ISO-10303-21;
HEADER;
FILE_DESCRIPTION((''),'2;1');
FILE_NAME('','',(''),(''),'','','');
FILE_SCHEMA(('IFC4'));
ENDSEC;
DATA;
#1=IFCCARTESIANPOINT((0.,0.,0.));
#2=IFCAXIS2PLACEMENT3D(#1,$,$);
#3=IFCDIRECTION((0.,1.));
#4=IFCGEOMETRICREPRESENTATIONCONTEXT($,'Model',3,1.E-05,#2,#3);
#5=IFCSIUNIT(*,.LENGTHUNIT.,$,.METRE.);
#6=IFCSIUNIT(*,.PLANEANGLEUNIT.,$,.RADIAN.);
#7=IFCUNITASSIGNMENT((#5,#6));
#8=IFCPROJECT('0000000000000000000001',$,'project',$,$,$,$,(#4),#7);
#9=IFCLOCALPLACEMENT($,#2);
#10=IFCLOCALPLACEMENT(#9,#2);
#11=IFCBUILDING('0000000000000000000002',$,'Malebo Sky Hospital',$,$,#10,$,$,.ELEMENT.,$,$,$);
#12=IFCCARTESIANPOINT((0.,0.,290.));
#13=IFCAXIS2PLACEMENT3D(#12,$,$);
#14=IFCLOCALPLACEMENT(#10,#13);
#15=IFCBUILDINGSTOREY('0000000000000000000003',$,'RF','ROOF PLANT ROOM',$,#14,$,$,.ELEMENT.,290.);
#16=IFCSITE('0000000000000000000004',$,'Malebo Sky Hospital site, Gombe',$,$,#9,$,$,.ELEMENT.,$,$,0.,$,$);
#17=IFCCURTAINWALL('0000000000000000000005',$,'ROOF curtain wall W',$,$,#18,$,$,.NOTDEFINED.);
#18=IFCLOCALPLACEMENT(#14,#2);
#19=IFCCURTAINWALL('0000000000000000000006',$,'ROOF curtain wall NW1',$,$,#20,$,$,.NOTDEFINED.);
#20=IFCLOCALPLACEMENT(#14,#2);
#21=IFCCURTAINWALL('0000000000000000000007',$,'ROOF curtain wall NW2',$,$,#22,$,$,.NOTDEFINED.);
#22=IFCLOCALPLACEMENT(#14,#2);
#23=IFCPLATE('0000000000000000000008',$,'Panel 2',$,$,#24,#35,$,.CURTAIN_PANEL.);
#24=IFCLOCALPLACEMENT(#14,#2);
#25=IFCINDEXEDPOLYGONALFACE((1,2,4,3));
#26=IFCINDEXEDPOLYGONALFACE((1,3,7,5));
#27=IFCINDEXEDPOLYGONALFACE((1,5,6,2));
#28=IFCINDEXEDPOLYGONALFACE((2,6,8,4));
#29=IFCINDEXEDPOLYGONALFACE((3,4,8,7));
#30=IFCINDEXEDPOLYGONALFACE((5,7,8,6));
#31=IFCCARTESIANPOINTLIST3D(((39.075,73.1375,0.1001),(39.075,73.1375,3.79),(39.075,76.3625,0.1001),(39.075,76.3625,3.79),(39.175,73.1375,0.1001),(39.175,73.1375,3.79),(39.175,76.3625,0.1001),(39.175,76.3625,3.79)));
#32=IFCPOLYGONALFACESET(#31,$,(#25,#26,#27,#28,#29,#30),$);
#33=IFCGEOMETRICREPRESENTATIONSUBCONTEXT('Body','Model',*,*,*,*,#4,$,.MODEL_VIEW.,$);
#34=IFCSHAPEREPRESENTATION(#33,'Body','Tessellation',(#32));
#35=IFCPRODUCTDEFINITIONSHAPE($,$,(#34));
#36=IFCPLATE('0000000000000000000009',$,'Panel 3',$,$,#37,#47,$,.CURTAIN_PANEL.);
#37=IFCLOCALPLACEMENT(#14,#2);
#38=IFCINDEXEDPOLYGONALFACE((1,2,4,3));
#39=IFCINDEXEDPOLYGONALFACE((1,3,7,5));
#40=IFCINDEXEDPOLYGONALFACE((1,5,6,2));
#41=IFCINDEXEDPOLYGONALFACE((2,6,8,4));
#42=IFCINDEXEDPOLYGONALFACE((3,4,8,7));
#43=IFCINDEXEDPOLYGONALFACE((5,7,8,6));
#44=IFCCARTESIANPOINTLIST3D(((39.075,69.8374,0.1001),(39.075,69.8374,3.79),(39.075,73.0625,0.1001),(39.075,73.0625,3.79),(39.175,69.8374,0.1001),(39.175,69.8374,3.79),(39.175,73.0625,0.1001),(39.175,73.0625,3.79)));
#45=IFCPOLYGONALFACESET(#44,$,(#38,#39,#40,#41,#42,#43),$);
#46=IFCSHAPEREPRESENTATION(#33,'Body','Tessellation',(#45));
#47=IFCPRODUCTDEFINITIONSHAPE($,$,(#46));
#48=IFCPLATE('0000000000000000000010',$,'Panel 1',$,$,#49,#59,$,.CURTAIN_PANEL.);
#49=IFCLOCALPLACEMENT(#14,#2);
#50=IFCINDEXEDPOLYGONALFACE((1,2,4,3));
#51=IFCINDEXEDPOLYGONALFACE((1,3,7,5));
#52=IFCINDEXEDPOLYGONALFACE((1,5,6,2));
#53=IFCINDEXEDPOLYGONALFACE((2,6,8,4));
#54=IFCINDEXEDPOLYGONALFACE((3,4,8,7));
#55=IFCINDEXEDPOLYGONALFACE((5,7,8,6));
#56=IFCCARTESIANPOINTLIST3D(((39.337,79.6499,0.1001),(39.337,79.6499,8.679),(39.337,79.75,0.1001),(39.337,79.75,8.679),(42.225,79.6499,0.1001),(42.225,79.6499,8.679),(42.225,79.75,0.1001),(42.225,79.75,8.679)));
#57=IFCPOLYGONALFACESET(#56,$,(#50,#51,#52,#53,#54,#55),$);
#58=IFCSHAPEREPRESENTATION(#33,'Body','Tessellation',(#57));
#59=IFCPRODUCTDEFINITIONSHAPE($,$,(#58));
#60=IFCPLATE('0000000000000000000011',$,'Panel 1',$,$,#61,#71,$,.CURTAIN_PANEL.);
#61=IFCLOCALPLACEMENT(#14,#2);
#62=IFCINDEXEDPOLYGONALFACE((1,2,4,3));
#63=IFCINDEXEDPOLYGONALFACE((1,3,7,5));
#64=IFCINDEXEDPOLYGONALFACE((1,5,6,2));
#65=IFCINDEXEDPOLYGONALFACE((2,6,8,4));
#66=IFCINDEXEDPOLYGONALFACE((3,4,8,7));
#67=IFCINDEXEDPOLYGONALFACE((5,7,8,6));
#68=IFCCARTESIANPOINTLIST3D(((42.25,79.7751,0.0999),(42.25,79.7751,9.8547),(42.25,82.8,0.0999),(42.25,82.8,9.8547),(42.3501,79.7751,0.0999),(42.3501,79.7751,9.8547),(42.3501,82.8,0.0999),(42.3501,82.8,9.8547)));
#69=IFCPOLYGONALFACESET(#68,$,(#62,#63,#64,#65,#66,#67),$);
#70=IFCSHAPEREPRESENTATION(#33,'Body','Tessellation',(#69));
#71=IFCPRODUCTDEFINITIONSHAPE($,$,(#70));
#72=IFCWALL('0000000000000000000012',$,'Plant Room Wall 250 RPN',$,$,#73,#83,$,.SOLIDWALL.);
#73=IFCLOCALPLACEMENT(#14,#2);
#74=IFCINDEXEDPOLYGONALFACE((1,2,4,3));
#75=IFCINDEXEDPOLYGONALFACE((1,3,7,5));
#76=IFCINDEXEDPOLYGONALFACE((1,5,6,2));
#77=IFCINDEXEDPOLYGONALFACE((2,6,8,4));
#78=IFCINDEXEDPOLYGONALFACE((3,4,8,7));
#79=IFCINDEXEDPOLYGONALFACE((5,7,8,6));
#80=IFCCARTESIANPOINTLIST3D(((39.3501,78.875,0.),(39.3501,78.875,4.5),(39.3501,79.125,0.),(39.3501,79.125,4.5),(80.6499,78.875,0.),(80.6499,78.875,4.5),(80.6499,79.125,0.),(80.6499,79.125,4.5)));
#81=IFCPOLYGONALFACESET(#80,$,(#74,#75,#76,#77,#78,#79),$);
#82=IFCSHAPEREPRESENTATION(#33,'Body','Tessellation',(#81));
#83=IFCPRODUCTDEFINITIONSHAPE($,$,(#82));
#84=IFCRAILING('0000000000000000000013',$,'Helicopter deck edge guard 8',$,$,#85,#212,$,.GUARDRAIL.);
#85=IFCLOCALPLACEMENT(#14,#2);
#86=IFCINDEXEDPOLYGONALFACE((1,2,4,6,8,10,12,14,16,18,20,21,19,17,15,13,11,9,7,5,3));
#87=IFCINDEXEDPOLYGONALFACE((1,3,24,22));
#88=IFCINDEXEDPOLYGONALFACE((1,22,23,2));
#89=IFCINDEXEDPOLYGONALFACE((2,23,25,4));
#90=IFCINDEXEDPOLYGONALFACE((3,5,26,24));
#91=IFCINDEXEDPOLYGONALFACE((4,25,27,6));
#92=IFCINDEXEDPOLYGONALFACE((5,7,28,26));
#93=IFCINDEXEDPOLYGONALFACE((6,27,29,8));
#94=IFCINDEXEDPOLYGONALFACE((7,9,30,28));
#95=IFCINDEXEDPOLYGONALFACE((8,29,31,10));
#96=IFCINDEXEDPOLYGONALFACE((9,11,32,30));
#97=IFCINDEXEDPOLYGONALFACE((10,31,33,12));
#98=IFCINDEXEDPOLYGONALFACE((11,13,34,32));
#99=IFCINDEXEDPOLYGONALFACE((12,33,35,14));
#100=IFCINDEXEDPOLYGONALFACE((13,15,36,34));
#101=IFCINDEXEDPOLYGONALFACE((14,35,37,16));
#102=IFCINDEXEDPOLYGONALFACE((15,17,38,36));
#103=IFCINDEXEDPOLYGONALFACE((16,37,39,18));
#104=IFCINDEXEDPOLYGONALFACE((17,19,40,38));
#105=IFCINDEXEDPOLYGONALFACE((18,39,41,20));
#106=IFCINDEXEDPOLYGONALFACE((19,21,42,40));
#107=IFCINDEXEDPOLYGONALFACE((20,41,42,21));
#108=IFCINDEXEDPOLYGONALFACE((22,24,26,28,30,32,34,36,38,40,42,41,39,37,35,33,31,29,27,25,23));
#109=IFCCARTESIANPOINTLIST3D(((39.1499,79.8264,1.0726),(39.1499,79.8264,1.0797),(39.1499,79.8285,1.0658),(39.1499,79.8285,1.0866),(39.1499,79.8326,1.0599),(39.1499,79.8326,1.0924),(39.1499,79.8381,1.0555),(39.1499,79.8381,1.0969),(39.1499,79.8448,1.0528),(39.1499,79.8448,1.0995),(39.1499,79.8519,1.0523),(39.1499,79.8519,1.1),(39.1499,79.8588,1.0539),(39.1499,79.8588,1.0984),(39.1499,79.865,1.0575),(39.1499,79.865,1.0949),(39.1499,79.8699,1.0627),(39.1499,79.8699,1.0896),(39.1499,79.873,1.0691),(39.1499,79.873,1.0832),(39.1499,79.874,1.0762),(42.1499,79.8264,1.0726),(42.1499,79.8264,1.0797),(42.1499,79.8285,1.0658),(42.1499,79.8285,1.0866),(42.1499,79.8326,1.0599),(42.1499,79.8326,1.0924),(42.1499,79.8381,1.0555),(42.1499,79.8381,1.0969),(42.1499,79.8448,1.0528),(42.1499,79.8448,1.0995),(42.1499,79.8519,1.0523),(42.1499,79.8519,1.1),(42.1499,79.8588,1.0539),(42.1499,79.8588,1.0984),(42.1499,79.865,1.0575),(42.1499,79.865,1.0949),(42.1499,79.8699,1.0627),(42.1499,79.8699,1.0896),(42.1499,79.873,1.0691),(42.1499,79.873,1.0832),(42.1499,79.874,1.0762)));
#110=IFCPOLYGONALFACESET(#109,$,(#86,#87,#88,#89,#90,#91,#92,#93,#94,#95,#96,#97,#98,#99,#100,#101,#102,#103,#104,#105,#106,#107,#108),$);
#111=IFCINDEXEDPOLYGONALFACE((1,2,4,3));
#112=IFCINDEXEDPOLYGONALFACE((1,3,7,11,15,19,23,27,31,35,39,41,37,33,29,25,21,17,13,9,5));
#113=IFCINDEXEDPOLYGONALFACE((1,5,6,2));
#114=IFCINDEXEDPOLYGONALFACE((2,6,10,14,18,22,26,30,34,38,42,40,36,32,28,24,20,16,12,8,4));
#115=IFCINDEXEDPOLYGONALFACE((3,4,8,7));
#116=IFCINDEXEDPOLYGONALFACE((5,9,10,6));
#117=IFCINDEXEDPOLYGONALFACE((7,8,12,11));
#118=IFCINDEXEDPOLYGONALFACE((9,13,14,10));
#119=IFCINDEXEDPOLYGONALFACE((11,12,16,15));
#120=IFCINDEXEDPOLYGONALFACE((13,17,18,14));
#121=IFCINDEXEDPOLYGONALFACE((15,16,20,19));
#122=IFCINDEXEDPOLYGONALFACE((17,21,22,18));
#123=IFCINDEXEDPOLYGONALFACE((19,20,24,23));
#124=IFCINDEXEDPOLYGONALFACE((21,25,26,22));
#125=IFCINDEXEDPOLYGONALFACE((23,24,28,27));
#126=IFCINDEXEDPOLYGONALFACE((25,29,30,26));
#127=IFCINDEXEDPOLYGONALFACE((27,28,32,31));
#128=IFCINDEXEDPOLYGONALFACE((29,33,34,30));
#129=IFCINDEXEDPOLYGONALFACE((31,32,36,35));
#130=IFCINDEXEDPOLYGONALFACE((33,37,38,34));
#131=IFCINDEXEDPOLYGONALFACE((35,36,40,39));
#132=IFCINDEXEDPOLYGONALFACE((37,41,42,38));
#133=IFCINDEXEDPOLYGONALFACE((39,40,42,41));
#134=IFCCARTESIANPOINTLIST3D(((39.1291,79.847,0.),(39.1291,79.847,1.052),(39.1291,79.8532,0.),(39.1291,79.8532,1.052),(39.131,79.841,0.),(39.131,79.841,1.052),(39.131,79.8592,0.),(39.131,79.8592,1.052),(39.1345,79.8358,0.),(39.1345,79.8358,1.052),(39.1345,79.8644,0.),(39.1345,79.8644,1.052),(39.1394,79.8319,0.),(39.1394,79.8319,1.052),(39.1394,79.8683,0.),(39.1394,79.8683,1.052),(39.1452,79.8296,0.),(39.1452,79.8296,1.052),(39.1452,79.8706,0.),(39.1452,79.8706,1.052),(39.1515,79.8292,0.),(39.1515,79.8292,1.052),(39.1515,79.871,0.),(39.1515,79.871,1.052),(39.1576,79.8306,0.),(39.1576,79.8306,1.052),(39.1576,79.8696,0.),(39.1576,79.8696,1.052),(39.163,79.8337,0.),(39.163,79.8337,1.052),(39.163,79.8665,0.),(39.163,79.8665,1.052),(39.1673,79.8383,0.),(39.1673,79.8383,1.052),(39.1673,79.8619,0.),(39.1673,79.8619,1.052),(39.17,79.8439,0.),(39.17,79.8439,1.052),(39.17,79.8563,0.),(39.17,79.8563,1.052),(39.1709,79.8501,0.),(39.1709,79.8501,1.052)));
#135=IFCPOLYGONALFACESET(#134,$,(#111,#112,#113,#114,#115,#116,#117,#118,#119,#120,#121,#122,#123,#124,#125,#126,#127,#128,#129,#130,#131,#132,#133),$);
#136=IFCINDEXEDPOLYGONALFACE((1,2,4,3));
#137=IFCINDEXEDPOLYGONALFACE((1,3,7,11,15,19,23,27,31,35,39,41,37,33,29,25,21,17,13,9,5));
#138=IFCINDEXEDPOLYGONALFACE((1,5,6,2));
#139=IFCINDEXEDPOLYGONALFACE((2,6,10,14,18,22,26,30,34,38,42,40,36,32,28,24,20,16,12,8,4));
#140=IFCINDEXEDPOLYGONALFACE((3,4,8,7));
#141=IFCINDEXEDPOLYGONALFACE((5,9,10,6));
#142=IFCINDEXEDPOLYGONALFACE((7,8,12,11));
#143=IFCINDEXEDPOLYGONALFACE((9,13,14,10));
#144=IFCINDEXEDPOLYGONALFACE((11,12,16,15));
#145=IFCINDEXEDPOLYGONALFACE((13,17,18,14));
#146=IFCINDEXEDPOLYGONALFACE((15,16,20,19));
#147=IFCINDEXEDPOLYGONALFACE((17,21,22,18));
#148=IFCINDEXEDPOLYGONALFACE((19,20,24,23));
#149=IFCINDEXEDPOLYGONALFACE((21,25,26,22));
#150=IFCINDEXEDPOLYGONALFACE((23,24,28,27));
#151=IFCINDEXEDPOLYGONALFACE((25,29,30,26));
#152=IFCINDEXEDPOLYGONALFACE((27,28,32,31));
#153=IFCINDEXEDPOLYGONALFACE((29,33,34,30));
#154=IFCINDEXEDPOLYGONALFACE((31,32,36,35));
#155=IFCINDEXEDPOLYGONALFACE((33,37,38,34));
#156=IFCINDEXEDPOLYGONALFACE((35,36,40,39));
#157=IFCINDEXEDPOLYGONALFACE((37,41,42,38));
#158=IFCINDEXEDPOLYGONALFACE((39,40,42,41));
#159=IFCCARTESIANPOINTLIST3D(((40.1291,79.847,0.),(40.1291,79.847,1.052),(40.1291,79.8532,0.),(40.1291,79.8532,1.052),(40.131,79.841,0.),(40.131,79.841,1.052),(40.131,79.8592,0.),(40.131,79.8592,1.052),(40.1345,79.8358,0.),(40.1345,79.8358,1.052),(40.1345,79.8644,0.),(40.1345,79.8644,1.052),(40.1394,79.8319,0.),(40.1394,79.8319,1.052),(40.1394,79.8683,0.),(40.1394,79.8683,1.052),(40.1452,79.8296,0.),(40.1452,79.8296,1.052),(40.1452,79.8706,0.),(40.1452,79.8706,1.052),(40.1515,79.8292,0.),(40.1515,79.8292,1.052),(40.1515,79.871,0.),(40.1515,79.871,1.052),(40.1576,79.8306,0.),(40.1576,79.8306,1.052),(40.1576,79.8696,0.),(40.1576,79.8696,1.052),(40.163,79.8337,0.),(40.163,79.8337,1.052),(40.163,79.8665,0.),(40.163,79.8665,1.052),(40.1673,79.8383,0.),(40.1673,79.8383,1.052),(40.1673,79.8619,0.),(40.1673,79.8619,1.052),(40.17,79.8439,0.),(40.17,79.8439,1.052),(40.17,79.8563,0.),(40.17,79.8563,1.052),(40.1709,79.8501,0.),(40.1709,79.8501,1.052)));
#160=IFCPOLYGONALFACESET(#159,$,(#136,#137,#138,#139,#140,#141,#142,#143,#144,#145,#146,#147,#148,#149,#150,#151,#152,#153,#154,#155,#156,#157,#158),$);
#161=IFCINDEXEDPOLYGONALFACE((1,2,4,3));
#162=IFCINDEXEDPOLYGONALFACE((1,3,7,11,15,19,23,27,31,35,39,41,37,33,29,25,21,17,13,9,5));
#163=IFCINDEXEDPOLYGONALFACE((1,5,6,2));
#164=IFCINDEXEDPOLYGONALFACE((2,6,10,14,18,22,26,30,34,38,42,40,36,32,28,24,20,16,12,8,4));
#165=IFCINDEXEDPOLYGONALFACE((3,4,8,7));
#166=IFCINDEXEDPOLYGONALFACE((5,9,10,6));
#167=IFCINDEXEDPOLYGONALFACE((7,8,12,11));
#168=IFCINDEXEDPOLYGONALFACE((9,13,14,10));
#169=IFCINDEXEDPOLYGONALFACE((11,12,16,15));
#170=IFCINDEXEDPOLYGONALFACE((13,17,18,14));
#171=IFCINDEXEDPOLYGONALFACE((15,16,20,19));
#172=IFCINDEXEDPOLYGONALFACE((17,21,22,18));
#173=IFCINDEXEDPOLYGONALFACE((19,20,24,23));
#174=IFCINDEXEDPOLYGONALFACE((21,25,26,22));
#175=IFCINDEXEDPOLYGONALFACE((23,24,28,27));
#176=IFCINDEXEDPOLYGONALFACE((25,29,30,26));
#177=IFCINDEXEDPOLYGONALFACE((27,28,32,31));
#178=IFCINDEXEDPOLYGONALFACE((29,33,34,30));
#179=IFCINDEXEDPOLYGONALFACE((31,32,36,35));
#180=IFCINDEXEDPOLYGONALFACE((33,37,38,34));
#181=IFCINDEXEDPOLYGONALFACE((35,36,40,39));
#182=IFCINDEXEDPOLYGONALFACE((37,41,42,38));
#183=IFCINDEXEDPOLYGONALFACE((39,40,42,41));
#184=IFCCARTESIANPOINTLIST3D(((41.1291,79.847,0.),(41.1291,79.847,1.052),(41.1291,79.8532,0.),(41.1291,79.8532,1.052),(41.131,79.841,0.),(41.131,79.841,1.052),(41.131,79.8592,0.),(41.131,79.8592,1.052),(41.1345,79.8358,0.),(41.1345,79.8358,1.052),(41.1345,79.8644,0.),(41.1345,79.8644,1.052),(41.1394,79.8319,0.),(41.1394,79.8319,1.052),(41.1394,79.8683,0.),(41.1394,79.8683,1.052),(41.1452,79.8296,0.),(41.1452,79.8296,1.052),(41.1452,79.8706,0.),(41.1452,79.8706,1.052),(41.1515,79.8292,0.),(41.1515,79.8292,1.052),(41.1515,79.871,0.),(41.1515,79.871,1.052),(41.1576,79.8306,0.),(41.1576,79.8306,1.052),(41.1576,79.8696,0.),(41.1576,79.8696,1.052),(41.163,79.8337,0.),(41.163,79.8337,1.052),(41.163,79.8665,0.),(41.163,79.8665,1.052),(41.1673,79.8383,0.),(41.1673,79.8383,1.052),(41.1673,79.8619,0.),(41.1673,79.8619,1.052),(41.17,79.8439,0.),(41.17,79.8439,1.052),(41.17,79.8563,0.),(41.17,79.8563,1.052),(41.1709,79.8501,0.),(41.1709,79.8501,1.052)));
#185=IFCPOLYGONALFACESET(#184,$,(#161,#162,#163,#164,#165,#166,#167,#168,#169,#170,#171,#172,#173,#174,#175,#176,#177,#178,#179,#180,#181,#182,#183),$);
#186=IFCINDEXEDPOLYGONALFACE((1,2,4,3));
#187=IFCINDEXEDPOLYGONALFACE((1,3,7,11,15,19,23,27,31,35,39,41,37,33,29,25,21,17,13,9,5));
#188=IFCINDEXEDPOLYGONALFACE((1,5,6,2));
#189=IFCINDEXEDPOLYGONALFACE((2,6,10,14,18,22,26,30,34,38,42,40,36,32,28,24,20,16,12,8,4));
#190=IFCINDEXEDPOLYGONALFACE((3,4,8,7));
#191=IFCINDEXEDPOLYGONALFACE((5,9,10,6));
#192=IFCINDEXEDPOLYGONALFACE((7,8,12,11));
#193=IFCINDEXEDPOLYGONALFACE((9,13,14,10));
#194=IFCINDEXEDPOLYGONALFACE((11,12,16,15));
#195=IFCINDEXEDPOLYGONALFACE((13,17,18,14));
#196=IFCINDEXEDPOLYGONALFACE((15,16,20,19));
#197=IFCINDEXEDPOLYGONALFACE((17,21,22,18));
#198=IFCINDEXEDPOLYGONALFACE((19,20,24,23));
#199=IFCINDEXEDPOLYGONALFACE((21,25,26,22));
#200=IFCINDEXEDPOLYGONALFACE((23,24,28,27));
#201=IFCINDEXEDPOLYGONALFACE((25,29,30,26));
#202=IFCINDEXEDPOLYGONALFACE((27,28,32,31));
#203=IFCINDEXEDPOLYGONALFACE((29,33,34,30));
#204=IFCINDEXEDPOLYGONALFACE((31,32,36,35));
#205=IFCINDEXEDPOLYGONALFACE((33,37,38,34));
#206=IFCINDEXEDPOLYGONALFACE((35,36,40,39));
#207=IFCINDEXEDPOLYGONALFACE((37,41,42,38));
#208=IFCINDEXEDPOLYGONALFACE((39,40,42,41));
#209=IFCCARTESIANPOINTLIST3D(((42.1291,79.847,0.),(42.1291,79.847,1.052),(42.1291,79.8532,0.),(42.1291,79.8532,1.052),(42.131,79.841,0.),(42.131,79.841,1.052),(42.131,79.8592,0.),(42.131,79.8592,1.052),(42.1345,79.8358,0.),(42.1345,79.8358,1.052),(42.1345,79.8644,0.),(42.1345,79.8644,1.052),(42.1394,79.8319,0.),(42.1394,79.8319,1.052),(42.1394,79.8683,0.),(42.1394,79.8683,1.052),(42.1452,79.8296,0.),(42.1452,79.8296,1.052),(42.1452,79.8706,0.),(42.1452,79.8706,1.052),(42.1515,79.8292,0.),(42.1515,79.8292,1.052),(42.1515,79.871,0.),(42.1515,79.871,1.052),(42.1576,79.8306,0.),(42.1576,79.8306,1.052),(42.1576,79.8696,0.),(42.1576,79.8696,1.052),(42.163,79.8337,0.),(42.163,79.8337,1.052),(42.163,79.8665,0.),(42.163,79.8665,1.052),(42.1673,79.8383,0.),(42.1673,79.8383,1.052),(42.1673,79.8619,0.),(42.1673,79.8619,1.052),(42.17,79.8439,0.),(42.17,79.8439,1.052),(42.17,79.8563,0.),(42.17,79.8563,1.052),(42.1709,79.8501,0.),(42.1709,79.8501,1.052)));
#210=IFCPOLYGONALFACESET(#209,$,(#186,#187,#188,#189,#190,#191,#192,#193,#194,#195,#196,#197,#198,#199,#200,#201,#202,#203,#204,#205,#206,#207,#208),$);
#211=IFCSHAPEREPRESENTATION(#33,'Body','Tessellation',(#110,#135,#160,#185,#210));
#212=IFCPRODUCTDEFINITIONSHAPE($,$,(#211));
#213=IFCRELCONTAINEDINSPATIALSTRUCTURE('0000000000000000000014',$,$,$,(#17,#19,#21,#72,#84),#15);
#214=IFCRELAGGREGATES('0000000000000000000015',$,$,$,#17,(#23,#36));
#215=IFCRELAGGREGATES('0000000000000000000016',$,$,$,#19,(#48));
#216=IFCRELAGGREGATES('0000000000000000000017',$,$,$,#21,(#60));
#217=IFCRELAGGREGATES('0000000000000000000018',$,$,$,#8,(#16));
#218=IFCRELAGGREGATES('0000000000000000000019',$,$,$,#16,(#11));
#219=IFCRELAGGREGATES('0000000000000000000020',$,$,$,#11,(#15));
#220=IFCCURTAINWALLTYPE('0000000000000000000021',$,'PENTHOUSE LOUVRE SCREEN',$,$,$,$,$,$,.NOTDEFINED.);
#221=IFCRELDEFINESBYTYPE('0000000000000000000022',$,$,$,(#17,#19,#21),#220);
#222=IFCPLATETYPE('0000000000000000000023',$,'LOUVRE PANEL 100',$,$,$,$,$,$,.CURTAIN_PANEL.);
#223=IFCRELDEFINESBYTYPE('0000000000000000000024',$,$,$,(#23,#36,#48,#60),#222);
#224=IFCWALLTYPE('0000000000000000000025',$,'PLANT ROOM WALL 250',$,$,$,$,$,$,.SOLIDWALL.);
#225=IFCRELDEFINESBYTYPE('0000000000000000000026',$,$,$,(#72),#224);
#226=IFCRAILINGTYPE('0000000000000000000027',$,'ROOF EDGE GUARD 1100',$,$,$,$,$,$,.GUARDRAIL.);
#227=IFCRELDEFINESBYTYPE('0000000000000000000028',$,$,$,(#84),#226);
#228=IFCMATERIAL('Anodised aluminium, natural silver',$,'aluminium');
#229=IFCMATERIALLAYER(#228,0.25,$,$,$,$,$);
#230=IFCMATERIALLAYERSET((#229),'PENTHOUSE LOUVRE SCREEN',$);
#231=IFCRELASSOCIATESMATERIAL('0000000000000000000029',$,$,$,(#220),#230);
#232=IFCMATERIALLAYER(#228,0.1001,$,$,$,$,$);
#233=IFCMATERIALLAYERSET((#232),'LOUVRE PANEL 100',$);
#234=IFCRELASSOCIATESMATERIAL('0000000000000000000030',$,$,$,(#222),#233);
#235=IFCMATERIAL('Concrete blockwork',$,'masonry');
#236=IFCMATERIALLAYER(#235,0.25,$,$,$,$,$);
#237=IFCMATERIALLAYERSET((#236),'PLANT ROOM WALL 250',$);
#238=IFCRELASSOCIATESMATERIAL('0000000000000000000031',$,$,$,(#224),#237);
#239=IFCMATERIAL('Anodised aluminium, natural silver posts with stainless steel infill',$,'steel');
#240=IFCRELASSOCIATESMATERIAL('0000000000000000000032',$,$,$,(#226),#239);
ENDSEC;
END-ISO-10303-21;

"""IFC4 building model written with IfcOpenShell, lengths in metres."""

from ifc_helpers import new_model, si_unit, direction, frame, frame_2d, origin, origin_2d, place, context, subcontext, project, spatial, rectangle, circle, extrude, material, layer, layer_set, type_object, element, aggregate, save


model = new_model("IFC4")

# Units and contexts
model_context = context("Model", 3, precision=1e-05, world=origin(), true_north=direction((0.0, 1.0)))
body_context = subcontext(model_context, "Body", "Model", "MODEL_VIEW")
ifc_project = project(units=[si_unit("LENGTHUNIT", "METRE"), si_unit("PLANEANGLEUNIT", "RADIAN")], contexts=[model_context])

# Site, building, storey
site_placement = place(None, origin())
site = spatial("IfcSite", under=ifc_project, at=site_placement, Name="Malebo Sky Hospital site, Gombe", CompositionType="ELEMENT", RefElevation=0.0)
building_placement = place(site_placement, origin())
building = spatial("IfcBuilding", under=site, at=building_placement, Name="Malebo Sky Hospital", CompositionType="ELEMENT")
storey_placement = place(building_placement, frame((0.0, 0.0, 290.0)))
storey = spatial("IfcBuildingStorey", under=building, at=storey_placement, Name="RF", Description="ROOF PLANT ROOM", CompositionType="ELEMENT", Elevation=290.0)

# Curtain wall
ifc_material_1 = material(Name="Anodised aluminium, natural silver", Category="aluminium")
ifc_layer_1 = layer(ifc_material_1, 0.25)
ifc_layer_set_1 = layer_set([ifc_layer_1], Name="PENTHOUSE LOUVRE SCREEN")
curtain_wall_type = type_object("IfcCurtainWallType", Name="PENTHOUSE LOUVRE SCREEN", PredefinedType="NOTDEFINED", material=ifc_layer_set_1)
curtain_wall_1_placement = place(storey_placement, origin())
curtain_wall_1 = element("IfcCurtainWall", 1, at=curtain_wall_1_placement, inside=storey, type_object=curtain_wall_type, Name="ROOF curtain wall W", PredefinedType="NOTDEFINED")

# Curtain walls
curtain_wall_2_placement = place(storey_placement, origin())
curtain_wall_2 = element("IfcCurtainWall", 2, at=curtain_wall_2_placement, inside=storey, type_object=curtain_wall_type, Name="ROOF curtain wall NW1", PredefinedType="NOTDEFINED")
curtain_wall_3_placement = place(storey_placement, origin())
curtain_wall_3 = element("IfcCurtainWall", 3, at=curtain_wall_3_placement, inside=storey, type_object=curtain_wall_type, Name="ROOF curtain wall NW2", PredefinedType="NOTDEFINED")

# Plates
ifc_layer_2 = layer(ifc_material_1, 0.1001)
ifc_layer_set_2 = layer_set([ifc_layer_2], Name="LOUVRE PANEL 100")
plate_type_1 = type_object("IfcPlateType", Name="LOUVRE PANEL 100", PredefinedType="CURTAIN_PANEL", material=ifc_layer_set_2)
plate_1_placement = place(storey_placement, frame((39.125, 74.75, 0.1001), z_axis=(0.0, 0.0, 1.0), x_axis=(0.0, -1.0, 0.0)))
plate_1 = element("IfcPlate", 4, at=plate_1_placement, type_object=plate_type_1, Name="Panel 2", PredefinedType="CURTAIN_PANEL", context=body_context, shape_type="SweptSolid", body=[
    extrude(rectangle(XDim=3.2251, YDim=0.1001, at=origin_2d()), origin(), (0.0, 0.0, 1.0), 3.6899),
])
plate_2_placement = place(storey_placement, frame((39.125, 71.45, 0.1001), z_axis=(0.0, 0.0, 1.0), x_axis=(0.0, -1.0, 0.0)))
plate_2 = element("IfcPlate", 5, at=plate_2_placement, type_object=plate_type_1, Name="Panel 3", PredefinedType="CURTAIN_PANEL", context=body_context, shape_type="SweptSolid", body=[
    extrude(rectangle(XDim=3.2251, YDim=0.1001, at=origin_2d()), origin(), (0.0, 0.0, 1.0), 3.6899),
])
aggregate(curtain_wall_1, [plate_1, plate_2])
plate_3_placement = place(storey_placement, frame((40.781, 79.7, 0.1001), z_axis=(0.0, 0.0, 1.0), x_axis=(1.0, 0.0, 0.0)))
plate_3 = element("IfcPlate", 6, at=plate_3_placement, type_object=plate_type_1, Name="Panel 1", PredefinedType="CURTAIN_PANEL", context=body_context, shape_type="SweptSolid", body=[
    extrude(rectangle(XDim=2.8879, YDim=0.1001, at=origin_2d()), origin(), (0.0, 0.0, 1.0), 8.5789),
])
aggregate(curtain_wall_2, [plate_3])
plate_4_placement = place(storey_placement, frame((42.3, 81.2876, 0.0999), z_axis=(0.0, 0.0, 1.0), x_axis=(0.0, 1.0, 0.0)))
plate_4 = element("IfcPlate", 7, at=plate_4_placement, type_object=plate_type_1, Name="Panel 1", PredefinedType="CURTAIN_PANEL", context=body_context, shape_type="SweptSolid", body=[
    extrude(rectangle(XDim=3.0249, YDim=0.1001, at=origin_2d()), origin(), (0.0, 0.0, 1.0), 9.7549),
])
aggregate(curtain_wall_3, [plate_4])

# Wall
ifc_material_2 = material(Name="Concrete blockwork", Category="masonry")
ifc_layer_3 = layer(ifc_material_2, 0.25)
ifc_layer_set_3 = layer_set([ifc_layer_3], Name="PLANT ROOM WALL 250")
wall_type = type_object("IfcWallType", Name="PLANT ROOM WALL 250", PredefinedType="SOLIDWALL", material=ifc_layer_set_3)
wall_placement = place(storey_placement, frame((39.3501, 79.0, 0.0), z_axis=(0.0, 0.0, 1.0), x_axis=(1.0, 0.0, 0.0)))
element("IfcWall", 8, at=wall_placement, inside=storey, type_object=wall_type, Name="Plant Room Wall 250 RPN", PredefinedType="SOLIDWALL", context=body_context, shape_type="SweptSolid", body=[
    extrude(rectangle(XDim=41.2998, YDim=0.25, at=frame_2d((20.6499, 0.0))), origin(), (0.0, 0.0, 1.0), 4.5),
])

# Railing
ifc_material_3 = material(Name="Anodised aluminium, natural silver posts with stainless steel infill", Category="steel")
railing_type = type_object("IfcRailingType", Name="ROOF EDGE GUARD 1100", PredefinedType="GUARDRAIL", material=ifc_material_3)
railing_1_placement = place(storey_placement, frame((39.1499, 79.8501, 0.0)))
element("IfcRailing", 9, at=railing_1_placement, inside=storey, type_object=railing_type, Name="Helicopter deck edge guard 8", PredefinedType="GUARDRAIL", context=body_context, shape_type="SweptSolid", body=[
    extrude(circle(Radius=0.0239, at=origin_2d()), frame((0.0, 0.0, 1.0762), z_axis=(1.0, 0.0, 0.0), x_axis=(0.0, 1.0, 0.0)), (0.0, 0.0, 1.0), 3.0),
    extrude(circle(Radius=0.021, at=origin_2d()), origin(), (0.0, 0.0, 1.0), 1.052),
    extrude(circle(Radius=0.021, at=origin_2d()), frame((1.0, 0.0, 0.0)), (0.0, 0.0, 1.0), 1.052),
    extrude(circle(Radius=0.021, at=origin_2d()), frame((2.0, 0.0, 0.0)), (0.0, 0.0, 1.0), 1.052),
    extrude(circle(Radius=0.021, at=origin_2d()), frame((3.0, 0.0, 0.0)), (0.0, 0.0, 1.0), 1.052),
])

save(model, "model.ifc")
